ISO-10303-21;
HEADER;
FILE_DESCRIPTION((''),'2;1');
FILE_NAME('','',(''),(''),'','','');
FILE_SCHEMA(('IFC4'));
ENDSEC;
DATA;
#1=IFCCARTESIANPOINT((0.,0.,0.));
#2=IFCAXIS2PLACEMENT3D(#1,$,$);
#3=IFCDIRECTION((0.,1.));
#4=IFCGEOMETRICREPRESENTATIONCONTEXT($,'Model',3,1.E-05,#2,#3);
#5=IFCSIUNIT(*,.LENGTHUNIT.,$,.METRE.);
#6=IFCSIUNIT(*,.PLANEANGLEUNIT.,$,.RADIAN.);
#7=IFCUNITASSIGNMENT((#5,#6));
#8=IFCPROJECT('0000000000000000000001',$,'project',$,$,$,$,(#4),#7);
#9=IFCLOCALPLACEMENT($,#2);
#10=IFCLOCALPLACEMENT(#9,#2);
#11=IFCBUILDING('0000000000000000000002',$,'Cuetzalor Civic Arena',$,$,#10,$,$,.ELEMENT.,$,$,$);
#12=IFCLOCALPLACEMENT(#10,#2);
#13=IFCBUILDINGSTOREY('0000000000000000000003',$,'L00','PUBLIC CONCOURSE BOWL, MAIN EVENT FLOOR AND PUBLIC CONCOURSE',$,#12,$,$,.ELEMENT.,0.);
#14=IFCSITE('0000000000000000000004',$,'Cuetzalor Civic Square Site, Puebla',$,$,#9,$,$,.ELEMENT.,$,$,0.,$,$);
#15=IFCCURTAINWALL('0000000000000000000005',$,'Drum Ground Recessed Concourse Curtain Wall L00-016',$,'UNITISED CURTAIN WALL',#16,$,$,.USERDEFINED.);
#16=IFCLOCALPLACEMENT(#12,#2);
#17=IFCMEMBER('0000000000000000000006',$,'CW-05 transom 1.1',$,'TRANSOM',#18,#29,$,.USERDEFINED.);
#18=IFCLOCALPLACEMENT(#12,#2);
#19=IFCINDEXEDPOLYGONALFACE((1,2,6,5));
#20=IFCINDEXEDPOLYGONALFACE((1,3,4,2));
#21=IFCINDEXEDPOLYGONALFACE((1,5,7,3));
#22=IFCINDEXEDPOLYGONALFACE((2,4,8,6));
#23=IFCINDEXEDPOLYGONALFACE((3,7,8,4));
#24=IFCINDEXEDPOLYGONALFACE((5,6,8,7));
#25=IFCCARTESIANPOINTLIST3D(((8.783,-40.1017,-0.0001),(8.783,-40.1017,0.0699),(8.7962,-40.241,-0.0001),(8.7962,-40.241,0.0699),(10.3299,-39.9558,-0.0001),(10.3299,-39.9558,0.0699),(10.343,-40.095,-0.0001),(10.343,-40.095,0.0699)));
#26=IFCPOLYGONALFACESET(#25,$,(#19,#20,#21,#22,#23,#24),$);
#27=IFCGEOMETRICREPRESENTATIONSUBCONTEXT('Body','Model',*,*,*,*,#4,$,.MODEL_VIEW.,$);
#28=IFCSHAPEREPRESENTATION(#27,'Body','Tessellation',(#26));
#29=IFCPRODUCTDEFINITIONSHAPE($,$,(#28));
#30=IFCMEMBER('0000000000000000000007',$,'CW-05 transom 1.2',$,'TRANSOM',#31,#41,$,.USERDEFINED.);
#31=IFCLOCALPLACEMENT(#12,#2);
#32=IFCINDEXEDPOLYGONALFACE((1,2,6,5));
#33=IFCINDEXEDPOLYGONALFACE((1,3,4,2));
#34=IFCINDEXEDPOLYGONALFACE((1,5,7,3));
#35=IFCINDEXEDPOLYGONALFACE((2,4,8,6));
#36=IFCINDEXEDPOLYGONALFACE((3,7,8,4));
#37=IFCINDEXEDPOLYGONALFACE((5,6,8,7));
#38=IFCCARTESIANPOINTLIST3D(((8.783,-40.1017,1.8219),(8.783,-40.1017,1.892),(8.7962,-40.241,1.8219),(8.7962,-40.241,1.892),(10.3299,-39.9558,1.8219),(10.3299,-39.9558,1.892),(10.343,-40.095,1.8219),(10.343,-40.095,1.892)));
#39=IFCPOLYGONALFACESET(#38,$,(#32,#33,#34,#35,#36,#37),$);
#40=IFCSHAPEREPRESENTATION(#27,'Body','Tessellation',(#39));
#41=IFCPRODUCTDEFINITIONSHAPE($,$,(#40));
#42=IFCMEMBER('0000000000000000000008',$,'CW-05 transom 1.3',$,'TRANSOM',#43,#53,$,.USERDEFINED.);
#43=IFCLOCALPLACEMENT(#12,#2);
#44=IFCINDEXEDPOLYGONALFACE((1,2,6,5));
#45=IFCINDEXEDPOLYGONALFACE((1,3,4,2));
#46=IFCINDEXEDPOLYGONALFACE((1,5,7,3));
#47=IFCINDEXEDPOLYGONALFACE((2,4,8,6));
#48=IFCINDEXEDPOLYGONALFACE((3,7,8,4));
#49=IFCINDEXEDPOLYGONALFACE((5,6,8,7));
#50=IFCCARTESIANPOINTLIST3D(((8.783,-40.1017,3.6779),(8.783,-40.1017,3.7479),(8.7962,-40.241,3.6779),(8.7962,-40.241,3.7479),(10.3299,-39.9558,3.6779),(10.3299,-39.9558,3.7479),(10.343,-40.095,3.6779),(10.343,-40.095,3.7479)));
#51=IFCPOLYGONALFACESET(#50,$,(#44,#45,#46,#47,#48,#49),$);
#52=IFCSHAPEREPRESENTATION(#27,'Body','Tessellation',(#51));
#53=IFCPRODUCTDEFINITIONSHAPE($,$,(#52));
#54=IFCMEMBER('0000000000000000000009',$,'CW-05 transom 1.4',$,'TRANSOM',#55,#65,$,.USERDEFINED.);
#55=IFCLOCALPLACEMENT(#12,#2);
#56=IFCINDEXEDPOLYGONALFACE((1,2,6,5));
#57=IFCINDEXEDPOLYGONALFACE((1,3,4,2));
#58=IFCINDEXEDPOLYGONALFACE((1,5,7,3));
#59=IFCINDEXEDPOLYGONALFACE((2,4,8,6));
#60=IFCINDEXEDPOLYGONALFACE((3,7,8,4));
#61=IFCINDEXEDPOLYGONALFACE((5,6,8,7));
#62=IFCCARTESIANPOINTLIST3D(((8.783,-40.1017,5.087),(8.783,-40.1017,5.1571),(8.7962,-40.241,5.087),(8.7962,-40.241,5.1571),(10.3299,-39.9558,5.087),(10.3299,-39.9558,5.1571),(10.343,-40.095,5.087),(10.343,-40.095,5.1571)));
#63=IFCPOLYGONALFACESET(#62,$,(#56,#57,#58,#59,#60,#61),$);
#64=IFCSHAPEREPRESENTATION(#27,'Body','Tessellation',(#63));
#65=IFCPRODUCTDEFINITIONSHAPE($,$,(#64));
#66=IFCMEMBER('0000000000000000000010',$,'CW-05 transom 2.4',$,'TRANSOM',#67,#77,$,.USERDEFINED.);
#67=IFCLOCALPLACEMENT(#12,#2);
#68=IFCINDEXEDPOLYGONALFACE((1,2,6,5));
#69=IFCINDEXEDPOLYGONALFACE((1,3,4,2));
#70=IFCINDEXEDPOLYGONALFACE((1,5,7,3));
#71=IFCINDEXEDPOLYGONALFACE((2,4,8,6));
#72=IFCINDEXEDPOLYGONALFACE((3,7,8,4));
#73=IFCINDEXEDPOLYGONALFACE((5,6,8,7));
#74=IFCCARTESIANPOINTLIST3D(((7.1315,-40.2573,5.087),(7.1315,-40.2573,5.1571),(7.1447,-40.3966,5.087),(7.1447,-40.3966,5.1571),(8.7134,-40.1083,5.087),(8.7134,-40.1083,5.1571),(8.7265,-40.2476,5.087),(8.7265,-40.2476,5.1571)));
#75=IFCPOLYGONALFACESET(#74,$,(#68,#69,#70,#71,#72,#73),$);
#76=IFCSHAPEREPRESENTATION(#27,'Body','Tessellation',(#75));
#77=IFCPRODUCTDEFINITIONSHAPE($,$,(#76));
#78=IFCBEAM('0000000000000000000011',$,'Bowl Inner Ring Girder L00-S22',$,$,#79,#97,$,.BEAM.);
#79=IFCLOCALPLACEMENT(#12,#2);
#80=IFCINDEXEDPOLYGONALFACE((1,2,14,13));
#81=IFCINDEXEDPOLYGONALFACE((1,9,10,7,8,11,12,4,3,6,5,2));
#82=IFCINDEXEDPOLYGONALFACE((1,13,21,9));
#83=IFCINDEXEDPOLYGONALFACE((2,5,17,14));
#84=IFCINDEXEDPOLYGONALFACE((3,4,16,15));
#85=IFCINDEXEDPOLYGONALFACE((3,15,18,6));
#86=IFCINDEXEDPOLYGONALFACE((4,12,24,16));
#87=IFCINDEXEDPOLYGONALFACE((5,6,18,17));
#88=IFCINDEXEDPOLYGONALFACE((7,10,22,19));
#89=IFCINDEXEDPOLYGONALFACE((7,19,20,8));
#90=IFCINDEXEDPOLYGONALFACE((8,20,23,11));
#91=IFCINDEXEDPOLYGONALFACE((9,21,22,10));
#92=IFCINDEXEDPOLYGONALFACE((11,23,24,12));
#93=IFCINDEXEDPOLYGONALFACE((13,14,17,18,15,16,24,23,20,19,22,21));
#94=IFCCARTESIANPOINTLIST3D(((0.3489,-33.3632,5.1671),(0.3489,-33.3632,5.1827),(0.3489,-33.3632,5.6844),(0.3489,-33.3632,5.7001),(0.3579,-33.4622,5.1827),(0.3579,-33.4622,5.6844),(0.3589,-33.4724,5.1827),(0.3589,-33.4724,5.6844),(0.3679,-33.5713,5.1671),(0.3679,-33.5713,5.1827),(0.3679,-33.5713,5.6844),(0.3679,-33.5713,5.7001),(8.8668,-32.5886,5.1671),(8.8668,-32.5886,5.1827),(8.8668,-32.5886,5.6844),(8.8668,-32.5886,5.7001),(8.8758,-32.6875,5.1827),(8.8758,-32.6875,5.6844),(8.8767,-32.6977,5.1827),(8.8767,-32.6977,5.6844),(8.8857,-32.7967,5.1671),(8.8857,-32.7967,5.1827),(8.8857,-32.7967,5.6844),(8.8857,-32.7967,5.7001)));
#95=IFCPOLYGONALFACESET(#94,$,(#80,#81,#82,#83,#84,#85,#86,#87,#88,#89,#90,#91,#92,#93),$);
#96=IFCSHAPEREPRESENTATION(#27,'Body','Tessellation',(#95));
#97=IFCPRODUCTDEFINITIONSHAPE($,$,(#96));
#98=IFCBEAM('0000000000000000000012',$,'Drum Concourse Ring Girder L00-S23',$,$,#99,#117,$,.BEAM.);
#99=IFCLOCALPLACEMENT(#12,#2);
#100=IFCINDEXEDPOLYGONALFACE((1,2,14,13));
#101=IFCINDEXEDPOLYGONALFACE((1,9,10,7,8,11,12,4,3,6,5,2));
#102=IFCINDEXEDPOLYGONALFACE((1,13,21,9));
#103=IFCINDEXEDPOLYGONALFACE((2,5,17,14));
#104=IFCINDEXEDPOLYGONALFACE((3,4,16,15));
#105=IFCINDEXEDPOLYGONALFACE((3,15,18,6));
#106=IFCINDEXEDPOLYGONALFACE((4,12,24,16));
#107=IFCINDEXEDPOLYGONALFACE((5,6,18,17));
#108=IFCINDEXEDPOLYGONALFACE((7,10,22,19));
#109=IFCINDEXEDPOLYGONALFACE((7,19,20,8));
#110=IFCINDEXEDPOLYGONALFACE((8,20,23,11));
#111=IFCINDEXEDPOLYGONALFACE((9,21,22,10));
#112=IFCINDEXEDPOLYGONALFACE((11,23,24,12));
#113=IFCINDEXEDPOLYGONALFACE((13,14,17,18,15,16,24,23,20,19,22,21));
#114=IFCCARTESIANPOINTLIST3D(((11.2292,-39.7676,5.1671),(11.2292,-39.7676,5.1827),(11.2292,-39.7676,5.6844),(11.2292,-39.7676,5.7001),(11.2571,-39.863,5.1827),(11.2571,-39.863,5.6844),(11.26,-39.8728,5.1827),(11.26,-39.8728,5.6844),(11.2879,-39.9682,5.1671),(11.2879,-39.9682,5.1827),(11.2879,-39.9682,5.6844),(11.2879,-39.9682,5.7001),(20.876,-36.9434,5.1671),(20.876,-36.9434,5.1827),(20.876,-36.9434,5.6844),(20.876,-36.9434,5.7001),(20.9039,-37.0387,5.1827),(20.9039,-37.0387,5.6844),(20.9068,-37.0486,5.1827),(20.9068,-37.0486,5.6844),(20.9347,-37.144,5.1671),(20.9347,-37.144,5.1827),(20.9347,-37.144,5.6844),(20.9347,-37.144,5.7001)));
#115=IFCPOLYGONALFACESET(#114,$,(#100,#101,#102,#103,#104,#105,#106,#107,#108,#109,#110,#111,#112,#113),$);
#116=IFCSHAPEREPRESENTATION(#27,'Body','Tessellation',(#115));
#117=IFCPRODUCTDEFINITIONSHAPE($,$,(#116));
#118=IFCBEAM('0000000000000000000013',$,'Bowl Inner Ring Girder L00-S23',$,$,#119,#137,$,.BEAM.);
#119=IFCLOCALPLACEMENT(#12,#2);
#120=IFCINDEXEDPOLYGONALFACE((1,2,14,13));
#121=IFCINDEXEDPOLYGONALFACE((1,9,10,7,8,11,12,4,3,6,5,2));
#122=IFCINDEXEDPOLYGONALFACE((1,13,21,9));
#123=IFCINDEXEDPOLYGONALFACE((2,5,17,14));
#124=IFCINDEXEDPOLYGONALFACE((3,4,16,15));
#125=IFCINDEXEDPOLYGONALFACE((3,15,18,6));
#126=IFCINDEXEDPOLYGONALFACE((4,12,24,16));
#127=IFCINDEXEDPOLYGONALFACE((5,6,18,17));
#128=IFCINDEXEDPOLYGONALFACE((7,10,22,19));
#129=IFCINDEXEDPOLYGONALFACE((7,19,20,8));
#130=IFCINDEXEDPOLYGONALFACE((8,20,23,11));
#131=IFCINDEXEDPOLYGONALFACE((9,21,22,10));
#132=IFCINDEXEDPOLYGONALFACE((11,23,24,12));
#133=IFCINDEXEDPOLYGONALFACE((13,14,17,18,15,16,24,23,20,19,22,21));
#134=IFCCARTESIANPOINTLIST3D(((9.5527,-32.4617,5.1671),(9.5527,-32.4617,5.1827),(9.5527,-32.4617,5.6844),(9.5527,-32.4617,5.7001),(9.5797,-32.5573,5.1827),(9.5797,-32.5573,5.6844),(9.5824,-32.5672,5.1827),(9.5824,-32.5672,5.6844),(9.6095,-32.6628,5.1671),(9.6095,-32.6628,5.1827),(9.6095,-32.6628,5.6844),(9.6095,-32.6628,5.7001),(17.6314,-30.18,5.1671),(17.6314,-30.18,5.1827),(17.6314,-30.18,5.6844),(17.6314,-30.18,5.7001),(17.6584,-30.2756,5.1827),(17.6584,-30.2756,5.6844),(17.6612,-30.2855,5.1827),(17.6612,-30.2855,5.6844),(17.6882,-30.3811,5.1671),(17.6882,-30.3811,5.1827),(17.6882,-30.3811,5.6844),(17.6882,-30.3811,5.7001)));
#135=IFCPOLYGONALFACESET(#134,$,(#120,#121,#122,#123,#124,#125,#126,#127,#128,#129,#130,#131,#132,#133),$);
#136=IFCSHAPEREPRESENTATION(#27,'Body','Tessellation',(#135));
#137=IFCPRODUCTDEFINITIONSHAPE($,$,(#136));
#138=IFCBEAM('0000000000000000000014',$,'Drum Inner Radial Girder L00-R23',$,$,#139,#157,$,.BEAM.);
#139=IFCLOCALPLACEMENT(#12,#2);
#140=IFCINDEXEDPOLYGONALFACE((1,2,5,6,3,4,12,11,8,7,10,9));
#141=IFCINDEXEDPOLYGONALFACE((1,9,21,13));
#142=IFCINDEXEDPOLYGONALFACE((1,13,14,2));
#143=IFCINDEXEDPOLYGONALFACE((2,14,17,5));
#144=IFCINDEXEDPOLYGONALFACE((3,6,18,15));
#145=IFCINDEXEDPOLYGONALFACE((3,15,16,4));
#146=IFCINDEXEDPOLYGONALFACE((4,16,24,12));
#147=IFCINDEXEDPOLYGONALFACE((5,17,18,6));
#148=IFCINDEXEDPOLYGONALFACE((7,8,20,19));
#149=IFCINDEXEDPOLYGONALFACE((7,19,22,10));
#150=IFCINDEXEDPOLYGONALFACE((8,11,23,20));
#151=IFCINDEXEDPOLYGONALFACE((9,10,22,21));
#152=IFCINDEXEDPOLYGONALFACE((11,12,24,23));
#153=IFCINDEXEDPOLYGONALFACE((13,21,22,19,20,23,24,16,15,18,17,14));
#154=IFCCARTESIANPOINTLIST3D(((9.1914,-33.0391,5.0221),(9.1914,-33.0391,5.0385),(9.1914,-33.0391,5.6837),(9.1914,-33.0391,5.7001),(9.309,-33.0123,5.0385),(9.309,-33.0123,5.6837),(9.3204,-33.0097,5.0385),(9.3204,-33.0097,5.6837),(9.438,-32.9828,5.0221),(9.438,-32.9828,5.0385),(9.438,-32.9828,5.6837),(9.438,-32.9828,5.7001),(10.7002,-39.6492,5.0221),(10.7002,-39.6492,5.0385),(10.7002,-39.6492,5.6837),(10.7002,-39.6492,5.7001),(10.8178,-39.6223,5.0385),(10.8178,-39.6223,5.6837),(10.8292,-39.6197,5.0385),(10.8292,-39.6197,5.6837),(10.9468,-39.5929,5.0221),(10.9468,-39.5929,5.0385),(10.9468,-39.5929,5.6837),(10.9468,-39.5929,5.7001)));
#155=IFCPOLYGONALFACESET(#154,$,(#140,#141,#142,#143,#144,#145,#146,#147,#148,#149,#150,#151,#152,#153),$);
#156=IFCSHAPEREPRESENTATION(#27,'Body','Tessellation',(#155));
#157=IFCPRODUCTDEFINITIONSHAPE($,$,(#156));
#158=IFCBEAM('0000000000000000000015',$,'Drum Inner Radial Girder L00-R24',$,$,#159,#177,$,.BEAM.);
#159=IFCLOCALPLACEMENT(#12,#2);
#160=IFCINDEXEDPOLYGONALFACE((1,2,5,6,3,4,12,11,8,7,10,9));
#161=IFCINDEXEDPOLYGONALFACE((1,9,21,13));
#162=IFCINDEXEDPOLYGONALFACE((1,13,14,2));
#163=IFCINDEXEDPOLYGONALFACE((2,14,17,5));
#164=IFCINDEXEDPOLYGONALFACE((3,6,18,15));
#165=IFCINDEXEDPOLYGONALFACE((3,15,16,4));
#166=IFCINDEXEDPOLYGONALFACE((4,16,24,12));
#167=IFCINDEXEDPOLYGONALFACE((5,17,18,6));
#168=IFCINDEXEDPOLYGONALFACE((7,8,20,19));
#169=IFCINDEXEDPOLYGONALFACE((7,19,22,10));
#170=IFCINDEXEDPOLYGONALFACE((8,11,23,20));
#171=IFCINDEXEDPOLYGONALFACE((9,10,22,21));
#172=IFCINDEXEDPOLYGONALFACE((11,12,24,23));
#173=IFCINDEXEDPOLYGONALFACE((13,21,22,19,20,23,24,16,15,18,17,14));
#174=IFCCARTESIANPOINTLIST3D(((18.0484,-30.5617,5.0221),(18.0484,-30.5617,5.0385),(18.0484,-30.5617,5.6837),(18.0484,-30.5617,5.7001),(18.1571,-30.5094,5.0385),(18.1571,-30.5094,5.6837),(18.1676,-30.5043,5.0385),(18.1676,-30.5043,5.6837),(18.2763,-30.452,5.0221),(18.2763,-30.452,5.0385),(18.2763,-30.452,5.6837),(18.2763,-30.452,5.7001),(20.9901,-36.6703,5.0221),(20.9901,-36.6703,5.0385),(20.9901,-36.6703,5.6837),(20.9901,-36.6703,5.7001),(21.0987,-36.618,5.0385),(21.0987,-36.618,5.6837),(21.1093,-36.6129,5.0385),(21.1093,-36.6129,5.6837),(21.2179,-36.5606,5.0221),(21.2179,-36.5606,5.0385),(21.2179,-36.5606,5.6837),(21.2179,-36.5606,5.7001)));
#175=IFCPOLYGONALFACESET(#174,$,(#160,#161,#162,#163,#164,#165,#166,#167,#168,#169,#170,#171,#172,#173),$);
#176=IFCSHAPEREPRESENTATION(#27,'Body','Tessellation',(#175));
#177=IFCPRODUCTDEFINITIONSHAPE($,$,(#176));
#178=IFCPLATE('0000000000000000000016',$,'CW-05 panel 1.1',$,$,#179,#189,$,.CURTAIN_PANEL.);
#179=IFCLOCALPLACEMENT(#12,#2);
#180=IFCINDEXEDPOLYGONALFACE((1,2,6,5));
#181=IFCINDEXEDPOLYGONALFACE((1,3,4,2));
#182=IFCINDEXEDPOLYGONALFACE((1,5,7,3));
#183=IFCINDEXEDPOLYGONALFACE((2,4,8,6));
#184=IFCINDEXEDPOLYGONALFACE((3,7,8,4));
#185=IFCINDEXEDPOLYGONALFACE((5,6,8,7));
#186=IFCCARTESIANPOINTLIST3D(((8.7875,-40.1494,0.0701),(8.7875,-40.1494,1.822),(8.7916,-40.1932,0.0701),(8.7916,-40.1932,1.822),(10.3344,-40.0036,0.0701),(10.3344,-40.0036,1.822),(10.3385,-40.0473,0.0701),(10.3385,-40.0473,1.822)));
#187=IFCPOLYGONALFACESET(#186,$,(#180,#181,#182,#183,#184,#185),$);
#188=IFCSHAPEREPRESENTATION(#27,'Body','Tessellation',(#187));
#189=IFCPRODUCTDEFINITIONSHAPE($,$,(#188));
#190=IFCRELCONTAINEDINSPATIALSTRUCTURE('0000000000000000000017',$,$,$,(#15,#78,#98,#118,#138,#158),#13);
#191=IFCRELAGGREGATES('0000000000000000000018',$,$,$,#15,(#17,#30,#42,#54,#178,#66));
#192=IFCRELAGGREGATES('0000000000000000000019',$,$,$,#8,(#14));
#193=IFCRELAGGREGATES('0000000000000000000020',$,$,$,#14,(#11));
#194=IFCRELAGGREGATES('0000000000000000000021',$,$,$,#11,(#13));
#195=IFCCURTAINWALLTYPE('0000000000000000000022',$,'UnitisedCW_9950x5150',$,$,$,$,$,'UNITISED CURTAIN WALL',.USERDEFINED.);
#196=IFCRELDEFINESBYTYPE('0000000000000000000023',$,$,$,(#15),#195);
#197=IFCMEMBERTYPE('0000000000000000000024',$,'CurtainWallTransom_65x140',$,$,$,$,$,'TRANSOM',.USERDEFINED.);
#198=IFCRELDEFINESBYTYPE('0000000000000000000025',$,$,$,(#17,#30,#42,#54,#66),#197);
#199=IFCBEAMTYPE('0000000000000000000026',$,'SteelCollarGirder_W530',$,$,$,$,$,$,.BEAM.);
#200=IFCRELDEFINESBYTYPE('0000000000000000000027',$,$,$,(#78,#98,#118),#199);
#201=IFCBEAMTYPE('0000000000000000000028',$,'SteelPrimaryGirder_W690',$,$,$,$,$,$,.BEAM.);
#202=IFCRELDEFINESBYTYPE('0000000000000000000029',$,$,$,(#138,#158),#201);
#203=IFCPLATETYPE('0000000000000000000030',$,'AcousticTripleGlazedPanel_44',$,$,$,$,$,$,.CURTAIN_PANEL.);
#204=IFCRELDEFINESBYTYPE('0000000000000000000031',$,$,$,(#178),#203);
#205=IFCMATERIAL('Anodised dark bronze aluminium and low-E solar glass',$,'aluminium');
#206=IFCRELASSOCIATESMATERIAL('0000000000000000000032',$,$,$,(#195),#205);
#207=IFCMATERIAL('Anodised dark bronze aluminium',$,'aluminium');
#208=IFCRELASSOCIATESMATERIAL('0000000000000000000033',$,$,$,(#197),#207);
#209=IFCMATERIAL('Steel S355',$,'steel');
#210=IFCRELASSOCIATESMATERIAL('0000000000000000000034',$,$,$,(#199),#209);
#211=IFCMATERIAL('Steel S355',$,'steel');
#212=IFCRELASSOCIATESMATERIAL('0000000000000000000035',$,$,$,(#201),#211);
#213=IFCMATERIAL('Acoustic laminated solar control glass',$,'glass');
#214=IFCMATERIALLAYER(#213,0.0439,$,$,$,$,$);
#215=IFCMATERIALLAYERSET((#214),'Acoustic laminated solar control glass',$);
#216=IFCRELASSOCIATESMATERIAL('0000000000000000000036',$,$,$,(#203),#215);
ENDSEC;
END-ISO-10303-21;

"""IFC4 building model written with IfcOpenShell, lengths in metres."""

from ifc_helpers import new_model, si_unit, direction, frame, origin, origin_2d, place, context, subcontext, project, spatial, rectangle, i_section, extrude, material, layer, layer_set, material_profile, profile_set, type_object, element, aggregate, save


model = new_model("IFC4")

# Units and contexts
model_context = context("Model", 3, precision=1e-05, world=origin(), true_north=direction((0.0, 1.0)))
body_context = subcontext(model_context, "Body", "Model", "MODEL_VIEW")
ifc_project = project(units=[si_unit("LENGTHUNIT", "METRE"), si_unit("PLANEANGLEUNIT", "RADIAN")], contexts=[model_context])

# Site, building, storey
site_placement = place(None, origin())
site = spatial("IfcSite", under=ifc_project, at=site_placement, Name="Cuetzalor Civic Square Site, Puebla", CompositionType="ELEMENT", RefElevation=0.0)
building_placement = place(site_placement, origin())
building = spatial("IfcBuilding", under=site, at=building_placement, Name="Cuetzalor Civic Arena", CompositionType="ELEMENT")
storey_placement = place(building_placement, origin())
storey = spatial("IfcBuildingStorey", under=building, at=storey_placement, Name="L00", Description="PUBLIC CONCOURSE BOWL, MAIN EVENT FLOOR AND PUBLIC CONCOURSE", CompositionType="ELEMENT", Elevation=0.0)

# Curtain wall, members
ifc_material_1 = material(Name="Anodised dark bronze aluminium and low-E solar glass", Category="aluminium")
curtain_wall_type = type_object("IfcCurtainWallType", Name="UnitisedCW_9950x5150", ElementType="UNITISED CURTAIN WALL", PredefinedType="USERDEFINED", material=ifc_material_1)
curtain_wall_placement = place(storey_placement, origin())
curtain_wall = element("IfcCurtainWall", 1, at=curtain_wall_placement, inside=storey, type_object=curtain_wall_type, Name="Drum Ground Recessed Concourse Curtain Wall L00-016", ObjectType="UNITISED CURTAIN WALL", PredefinedType="USERDEFINED")
ifc_material_2 = material(Name="Anodised dark bronze aluminium", Category="aluminium")
ifc_material_profile_1 = material_profile(ifc_material_2, rectangle(XDim=0.1399, YDim=0.0701, at=origin_2d()), Name="ALU TRANSOM 70x140")
ifc_profile_set_1 = profile_set([ifc_material_profile_1], Name="Anodised dark bronze aluminium")
member_type_1 = type_object("IfcMemberType", Name="CurtainWallTransom_65x140", ElementType="TRANSOM", PredefinedType="USERDEFINED", material=ifc_profile_set_1)
member_1_placement = place(storey_placement, frame((10.3364, -40.0254, 0.0349), z_axis=(-0.995576, -0.093964, 0.0), x_axis=(0.093964, -0.995576, 0.0)))
member_1 = element("IfcMember", 2, at=member_1_placement, type_object=member_type_1, Name="CW-05 transom 1.1", ObjectType="TRANSOM", PredefinedType="USERDEFINED", context=body_context, shape_type="SweptSolid", body=[
    extrude(rectangle(XDim=0.1399, YDim=0.0701, at=origin_2d()), origin(), (0.0, 0.0, 1.0), 1.5537),
])
member_2_placement = place(storey_placement, frame((10.3364, -40.0254, 1.8569), z_axis=(-0.995576, -0.093964, 0.0), x_axis=(0.093964, -0.995576, 0.0)))
member_2 = element("IfcMember", 3, at=member_2_placement, type_object=member_type_1, Name="CW-05 transom 1.2", ObjectType="TRANSOM", PredefinedType="USERDEFINED", context=body_context, shape_type="SweptSolid", body=[
    extrude(rectangle(XDim=0.1399, YDim=0.0701, at=origin_2d()), origin(), (0.0, 0.0, 1.0), 1.5537),
])
member_3_placement = place(storey_placement, frame((10.3364, -40.0254, 3.7129), z_axis=(-0.995576, -0.093964, 0.0), x_axis=(0.093964, -0.995576, 0.0)))
member_3 = element("IfcMember", 4, at=member_3_placement, type_object=member_type_1, Name="CW-05 transom 1.3", ObjectType="TRANSOM", PredefinedType="USERDEFINED", context=body_context, shape_type="SweptSolid", body=[
    extrude(rectangle(XDim=0.1399, YDim=0.0701, at=origin_2d()), origin(), (0.0, 0.0, 1.0), 1.5537),
])
member_4_placement = place(storey_placement, frame((10.3364, -40.0254, 5.1221), z_axis=(-0.995576, -0.093964, 0.0), x_axis=(0.093964, -0.995576, 0.0)))
member_4 = element("IfcMember", 5, at=member_4_placement, type_object=member_type_1, Name="CW-05 transom 1.4", ObjectType="TRANSOM", PredefinedType="USERDEFINED", context=body_context, shape_type="SweptSolid", body=[
    extrude(rectangle(XDim=0.1399, YDim=0.0701, at=origin_2d()), origin(), (0.0, 0.0, 1.0), 1.5537),
])
member_5_placement = place(storey_placement, frame((8.72, -40.178, 5.1221), z_axis=(-0.995597, -0.093736, 0.0), x_axis=(0.093736, -0.995597, 0.0)))
member_5 = element("IfcMember", 6, at=member_5_placement, type_object=member_type_1, Name="CW-05 transom 2.4", ObjectType="TRANSOM", PredefinedType="USERDEFINED", context=body_context, shape_type="SweptSolid", body=[
    extrude(rectangle(XDim=0.1399, YDim=0.0701, at=origin_2d()), origin(), (0.0, 0.0, 1.0), 1.5889),
])

# Beams
ifc_material_3 = material(Name="Steel S355", Category="steel")
ifc_material_profile_2 = material_profile(ifc_material_3, i_section(OverallWidth=0.209, OverallDepth=0.533, WebThickness=0.0103, FlangeThickness=0.0156, at=origin_2d()), Name="W530x92")
ifc_profile_set_2 = profile_set([ifc_material_profile_2], Name="Steel S355")
beam_type_1 = type_object("IfcBeamType", Name="SteelCollarGirder_W530", PredefinedType="BEAM", material=ifc_profile_set_2)
beam_1_placement = place(storey_placement, frame((0.3584, -33.4673, 5.4336), z_axis=(0.99589, 0.090572, 0.0), x_axis=(-0.090572, 0.99589, 0.0)))
element("IfcBeam", 7, at=beam_1_placement, inside=storey, type_object=beam_type_1, Name="Bowl Inner Ring Girder L00-S22", PredefinedType="BEAM", context=body_context, shape_type="SweptSolid", body=[
    extrude(i_section(OverallWidth=0.209, OverallDepth=0.533, WebThickness=0.0103, FlangeThickness=0.0156, at=origin_2d()), origin(), (0.0, 0.0, 1.0), 8.553),
])
beam_2_placement = place(storey_placement, frame((11.2585, -39.8679, 5.4336), z_axis=(0.959716, 0.280971, 0.0), x_axis=(-0.280971, 0.959716, 0.0)))
element("IfcBeam", 8, at=beam_2_placement, inside=storey, type_object=beam_type_1, Name="Drum Concourse Ring Girder L00-S23", PredefinedType="BEAM", context=body_context, shape_type="SweptSolid", body=[
    extrude(i_section(OverallWidth=0.209, OverallDepth=0.533, WebThickness=0.0103, FlangeThickness=0.0156, at=origin_2d()), origin(), (0.0, 0.0, 1.0), 10.0518),
])
beam_3_placement = place(storey_placement, frame((9.5811, -32.5623, 5.4336), z_axis=(0.962354, 0.271801, 0.0), x_axis=(-0.271801, 0.962354, 0.0)))
element("IfcBeam", 9, at=beam_3_placement, inside=storey, type_object=beam_type_1, Name="Bowl Inner Ring Girder L00-S23", PredefinedType="BEAM", context=body_context, shape_type="SweptSolid", body=[
    extrude(i_section(OverallWidth=0.209, OverallDepth=0.533, WebThickness=0.0103, FlangeThickness=0.0156, at=origin_2d()), origin(), (0.0, 0.0, 1.0), 8.3948),
])
ifc_material_4 = material(Name="Steel S355", Category="steel")
ifc_material_profile_3 = material_profile(ifc_material_4, i_section(OverallWidth=0.2529, OverallDepth=0.678, WebThickness=0.0117, FlangeThickness=0.0164, at=origin_2d()), Name="W690x125")
ifc_profile_set_3 = profile_set([ifc_material_profile_3], Name="Steel S355")
beam_type_2 = type_object("IfcBeamType", Name="SteelPrimaryGirder_W690", PredefinedType="BEAM", material=ifc_profile_set_3)
for number, where, z_axis, x_axis, name in (
    (10, (9.3147, -33.011, 5.3611), (0.222531, -0.974926, 0.0), (0.974926, 0.222531, 0.0), "Drum Inner Radial Girder L00-R23"),
    (11, (18.1624, -30.5068, 5.3611), (0.43387, -0.900976, 0.0), (0.900976, 0.43387, 0.0), "Drum Inner Radial Girder L00-R24"),
):
    element("IfcBeam", number, at=place(storey_placement, frame(where, z_axis=z_axis, x_axis=x_axis)), inside=storey, type_object=beam_type_2, Name=name, PredefinedType="BEAM", context=body_context, shape_type="SweptSolid", body=[
        extrude(i_section(OverallWidth=0.2529, OverallDepth=0.678, WebThickness=0.0117, FlangeThickness=0.0164, at=origin_2d()), origin(), (0.0, 0.0, 1.0), 6.78),
    ])

# Plate
ifc_material_5 = material(Name="Acoustic laminated solar control glass", Category="glass")
ifc_layer_1 = layer(ifc_material_5, 0.0439)
ifc_layer_set_1 = layer_set([ifc_layer_1], Name="Acoustic laminated solar control glass")
plate_type = type_object("IfcPlateType", Name="AcousticTripleGlazedPanel_44", PredefinedType="CURTAIN_PANEL", material=ifc_layer_set_1)
plate_1_placement = place(storey_placement, frame((9.563, -40.0984, 0.0701), z_axis=(0.0, 0.0, 1.0), x_axis=(-0.995585, -0.093863, 0.0)))
plate_1 = element("IfcPlate", 12, at=plate_1_placement, type_object=plate_type, Name="CW-05 panel 1.1", PredefinedType="CURTAIN_PANEL", context=body_context, shape_type="SweptSolid", body=[
    extrude(rectangle(XDim=1.5537, YDim=0.0439, at=origin_2d()), origin(), (0.0, 0.0, 1.0), 1.752),
])
aggregate(curtain_wall, [member_1, member_2, member_3, member_4, plate_1, member_5])

save(model, "model.ifc")
